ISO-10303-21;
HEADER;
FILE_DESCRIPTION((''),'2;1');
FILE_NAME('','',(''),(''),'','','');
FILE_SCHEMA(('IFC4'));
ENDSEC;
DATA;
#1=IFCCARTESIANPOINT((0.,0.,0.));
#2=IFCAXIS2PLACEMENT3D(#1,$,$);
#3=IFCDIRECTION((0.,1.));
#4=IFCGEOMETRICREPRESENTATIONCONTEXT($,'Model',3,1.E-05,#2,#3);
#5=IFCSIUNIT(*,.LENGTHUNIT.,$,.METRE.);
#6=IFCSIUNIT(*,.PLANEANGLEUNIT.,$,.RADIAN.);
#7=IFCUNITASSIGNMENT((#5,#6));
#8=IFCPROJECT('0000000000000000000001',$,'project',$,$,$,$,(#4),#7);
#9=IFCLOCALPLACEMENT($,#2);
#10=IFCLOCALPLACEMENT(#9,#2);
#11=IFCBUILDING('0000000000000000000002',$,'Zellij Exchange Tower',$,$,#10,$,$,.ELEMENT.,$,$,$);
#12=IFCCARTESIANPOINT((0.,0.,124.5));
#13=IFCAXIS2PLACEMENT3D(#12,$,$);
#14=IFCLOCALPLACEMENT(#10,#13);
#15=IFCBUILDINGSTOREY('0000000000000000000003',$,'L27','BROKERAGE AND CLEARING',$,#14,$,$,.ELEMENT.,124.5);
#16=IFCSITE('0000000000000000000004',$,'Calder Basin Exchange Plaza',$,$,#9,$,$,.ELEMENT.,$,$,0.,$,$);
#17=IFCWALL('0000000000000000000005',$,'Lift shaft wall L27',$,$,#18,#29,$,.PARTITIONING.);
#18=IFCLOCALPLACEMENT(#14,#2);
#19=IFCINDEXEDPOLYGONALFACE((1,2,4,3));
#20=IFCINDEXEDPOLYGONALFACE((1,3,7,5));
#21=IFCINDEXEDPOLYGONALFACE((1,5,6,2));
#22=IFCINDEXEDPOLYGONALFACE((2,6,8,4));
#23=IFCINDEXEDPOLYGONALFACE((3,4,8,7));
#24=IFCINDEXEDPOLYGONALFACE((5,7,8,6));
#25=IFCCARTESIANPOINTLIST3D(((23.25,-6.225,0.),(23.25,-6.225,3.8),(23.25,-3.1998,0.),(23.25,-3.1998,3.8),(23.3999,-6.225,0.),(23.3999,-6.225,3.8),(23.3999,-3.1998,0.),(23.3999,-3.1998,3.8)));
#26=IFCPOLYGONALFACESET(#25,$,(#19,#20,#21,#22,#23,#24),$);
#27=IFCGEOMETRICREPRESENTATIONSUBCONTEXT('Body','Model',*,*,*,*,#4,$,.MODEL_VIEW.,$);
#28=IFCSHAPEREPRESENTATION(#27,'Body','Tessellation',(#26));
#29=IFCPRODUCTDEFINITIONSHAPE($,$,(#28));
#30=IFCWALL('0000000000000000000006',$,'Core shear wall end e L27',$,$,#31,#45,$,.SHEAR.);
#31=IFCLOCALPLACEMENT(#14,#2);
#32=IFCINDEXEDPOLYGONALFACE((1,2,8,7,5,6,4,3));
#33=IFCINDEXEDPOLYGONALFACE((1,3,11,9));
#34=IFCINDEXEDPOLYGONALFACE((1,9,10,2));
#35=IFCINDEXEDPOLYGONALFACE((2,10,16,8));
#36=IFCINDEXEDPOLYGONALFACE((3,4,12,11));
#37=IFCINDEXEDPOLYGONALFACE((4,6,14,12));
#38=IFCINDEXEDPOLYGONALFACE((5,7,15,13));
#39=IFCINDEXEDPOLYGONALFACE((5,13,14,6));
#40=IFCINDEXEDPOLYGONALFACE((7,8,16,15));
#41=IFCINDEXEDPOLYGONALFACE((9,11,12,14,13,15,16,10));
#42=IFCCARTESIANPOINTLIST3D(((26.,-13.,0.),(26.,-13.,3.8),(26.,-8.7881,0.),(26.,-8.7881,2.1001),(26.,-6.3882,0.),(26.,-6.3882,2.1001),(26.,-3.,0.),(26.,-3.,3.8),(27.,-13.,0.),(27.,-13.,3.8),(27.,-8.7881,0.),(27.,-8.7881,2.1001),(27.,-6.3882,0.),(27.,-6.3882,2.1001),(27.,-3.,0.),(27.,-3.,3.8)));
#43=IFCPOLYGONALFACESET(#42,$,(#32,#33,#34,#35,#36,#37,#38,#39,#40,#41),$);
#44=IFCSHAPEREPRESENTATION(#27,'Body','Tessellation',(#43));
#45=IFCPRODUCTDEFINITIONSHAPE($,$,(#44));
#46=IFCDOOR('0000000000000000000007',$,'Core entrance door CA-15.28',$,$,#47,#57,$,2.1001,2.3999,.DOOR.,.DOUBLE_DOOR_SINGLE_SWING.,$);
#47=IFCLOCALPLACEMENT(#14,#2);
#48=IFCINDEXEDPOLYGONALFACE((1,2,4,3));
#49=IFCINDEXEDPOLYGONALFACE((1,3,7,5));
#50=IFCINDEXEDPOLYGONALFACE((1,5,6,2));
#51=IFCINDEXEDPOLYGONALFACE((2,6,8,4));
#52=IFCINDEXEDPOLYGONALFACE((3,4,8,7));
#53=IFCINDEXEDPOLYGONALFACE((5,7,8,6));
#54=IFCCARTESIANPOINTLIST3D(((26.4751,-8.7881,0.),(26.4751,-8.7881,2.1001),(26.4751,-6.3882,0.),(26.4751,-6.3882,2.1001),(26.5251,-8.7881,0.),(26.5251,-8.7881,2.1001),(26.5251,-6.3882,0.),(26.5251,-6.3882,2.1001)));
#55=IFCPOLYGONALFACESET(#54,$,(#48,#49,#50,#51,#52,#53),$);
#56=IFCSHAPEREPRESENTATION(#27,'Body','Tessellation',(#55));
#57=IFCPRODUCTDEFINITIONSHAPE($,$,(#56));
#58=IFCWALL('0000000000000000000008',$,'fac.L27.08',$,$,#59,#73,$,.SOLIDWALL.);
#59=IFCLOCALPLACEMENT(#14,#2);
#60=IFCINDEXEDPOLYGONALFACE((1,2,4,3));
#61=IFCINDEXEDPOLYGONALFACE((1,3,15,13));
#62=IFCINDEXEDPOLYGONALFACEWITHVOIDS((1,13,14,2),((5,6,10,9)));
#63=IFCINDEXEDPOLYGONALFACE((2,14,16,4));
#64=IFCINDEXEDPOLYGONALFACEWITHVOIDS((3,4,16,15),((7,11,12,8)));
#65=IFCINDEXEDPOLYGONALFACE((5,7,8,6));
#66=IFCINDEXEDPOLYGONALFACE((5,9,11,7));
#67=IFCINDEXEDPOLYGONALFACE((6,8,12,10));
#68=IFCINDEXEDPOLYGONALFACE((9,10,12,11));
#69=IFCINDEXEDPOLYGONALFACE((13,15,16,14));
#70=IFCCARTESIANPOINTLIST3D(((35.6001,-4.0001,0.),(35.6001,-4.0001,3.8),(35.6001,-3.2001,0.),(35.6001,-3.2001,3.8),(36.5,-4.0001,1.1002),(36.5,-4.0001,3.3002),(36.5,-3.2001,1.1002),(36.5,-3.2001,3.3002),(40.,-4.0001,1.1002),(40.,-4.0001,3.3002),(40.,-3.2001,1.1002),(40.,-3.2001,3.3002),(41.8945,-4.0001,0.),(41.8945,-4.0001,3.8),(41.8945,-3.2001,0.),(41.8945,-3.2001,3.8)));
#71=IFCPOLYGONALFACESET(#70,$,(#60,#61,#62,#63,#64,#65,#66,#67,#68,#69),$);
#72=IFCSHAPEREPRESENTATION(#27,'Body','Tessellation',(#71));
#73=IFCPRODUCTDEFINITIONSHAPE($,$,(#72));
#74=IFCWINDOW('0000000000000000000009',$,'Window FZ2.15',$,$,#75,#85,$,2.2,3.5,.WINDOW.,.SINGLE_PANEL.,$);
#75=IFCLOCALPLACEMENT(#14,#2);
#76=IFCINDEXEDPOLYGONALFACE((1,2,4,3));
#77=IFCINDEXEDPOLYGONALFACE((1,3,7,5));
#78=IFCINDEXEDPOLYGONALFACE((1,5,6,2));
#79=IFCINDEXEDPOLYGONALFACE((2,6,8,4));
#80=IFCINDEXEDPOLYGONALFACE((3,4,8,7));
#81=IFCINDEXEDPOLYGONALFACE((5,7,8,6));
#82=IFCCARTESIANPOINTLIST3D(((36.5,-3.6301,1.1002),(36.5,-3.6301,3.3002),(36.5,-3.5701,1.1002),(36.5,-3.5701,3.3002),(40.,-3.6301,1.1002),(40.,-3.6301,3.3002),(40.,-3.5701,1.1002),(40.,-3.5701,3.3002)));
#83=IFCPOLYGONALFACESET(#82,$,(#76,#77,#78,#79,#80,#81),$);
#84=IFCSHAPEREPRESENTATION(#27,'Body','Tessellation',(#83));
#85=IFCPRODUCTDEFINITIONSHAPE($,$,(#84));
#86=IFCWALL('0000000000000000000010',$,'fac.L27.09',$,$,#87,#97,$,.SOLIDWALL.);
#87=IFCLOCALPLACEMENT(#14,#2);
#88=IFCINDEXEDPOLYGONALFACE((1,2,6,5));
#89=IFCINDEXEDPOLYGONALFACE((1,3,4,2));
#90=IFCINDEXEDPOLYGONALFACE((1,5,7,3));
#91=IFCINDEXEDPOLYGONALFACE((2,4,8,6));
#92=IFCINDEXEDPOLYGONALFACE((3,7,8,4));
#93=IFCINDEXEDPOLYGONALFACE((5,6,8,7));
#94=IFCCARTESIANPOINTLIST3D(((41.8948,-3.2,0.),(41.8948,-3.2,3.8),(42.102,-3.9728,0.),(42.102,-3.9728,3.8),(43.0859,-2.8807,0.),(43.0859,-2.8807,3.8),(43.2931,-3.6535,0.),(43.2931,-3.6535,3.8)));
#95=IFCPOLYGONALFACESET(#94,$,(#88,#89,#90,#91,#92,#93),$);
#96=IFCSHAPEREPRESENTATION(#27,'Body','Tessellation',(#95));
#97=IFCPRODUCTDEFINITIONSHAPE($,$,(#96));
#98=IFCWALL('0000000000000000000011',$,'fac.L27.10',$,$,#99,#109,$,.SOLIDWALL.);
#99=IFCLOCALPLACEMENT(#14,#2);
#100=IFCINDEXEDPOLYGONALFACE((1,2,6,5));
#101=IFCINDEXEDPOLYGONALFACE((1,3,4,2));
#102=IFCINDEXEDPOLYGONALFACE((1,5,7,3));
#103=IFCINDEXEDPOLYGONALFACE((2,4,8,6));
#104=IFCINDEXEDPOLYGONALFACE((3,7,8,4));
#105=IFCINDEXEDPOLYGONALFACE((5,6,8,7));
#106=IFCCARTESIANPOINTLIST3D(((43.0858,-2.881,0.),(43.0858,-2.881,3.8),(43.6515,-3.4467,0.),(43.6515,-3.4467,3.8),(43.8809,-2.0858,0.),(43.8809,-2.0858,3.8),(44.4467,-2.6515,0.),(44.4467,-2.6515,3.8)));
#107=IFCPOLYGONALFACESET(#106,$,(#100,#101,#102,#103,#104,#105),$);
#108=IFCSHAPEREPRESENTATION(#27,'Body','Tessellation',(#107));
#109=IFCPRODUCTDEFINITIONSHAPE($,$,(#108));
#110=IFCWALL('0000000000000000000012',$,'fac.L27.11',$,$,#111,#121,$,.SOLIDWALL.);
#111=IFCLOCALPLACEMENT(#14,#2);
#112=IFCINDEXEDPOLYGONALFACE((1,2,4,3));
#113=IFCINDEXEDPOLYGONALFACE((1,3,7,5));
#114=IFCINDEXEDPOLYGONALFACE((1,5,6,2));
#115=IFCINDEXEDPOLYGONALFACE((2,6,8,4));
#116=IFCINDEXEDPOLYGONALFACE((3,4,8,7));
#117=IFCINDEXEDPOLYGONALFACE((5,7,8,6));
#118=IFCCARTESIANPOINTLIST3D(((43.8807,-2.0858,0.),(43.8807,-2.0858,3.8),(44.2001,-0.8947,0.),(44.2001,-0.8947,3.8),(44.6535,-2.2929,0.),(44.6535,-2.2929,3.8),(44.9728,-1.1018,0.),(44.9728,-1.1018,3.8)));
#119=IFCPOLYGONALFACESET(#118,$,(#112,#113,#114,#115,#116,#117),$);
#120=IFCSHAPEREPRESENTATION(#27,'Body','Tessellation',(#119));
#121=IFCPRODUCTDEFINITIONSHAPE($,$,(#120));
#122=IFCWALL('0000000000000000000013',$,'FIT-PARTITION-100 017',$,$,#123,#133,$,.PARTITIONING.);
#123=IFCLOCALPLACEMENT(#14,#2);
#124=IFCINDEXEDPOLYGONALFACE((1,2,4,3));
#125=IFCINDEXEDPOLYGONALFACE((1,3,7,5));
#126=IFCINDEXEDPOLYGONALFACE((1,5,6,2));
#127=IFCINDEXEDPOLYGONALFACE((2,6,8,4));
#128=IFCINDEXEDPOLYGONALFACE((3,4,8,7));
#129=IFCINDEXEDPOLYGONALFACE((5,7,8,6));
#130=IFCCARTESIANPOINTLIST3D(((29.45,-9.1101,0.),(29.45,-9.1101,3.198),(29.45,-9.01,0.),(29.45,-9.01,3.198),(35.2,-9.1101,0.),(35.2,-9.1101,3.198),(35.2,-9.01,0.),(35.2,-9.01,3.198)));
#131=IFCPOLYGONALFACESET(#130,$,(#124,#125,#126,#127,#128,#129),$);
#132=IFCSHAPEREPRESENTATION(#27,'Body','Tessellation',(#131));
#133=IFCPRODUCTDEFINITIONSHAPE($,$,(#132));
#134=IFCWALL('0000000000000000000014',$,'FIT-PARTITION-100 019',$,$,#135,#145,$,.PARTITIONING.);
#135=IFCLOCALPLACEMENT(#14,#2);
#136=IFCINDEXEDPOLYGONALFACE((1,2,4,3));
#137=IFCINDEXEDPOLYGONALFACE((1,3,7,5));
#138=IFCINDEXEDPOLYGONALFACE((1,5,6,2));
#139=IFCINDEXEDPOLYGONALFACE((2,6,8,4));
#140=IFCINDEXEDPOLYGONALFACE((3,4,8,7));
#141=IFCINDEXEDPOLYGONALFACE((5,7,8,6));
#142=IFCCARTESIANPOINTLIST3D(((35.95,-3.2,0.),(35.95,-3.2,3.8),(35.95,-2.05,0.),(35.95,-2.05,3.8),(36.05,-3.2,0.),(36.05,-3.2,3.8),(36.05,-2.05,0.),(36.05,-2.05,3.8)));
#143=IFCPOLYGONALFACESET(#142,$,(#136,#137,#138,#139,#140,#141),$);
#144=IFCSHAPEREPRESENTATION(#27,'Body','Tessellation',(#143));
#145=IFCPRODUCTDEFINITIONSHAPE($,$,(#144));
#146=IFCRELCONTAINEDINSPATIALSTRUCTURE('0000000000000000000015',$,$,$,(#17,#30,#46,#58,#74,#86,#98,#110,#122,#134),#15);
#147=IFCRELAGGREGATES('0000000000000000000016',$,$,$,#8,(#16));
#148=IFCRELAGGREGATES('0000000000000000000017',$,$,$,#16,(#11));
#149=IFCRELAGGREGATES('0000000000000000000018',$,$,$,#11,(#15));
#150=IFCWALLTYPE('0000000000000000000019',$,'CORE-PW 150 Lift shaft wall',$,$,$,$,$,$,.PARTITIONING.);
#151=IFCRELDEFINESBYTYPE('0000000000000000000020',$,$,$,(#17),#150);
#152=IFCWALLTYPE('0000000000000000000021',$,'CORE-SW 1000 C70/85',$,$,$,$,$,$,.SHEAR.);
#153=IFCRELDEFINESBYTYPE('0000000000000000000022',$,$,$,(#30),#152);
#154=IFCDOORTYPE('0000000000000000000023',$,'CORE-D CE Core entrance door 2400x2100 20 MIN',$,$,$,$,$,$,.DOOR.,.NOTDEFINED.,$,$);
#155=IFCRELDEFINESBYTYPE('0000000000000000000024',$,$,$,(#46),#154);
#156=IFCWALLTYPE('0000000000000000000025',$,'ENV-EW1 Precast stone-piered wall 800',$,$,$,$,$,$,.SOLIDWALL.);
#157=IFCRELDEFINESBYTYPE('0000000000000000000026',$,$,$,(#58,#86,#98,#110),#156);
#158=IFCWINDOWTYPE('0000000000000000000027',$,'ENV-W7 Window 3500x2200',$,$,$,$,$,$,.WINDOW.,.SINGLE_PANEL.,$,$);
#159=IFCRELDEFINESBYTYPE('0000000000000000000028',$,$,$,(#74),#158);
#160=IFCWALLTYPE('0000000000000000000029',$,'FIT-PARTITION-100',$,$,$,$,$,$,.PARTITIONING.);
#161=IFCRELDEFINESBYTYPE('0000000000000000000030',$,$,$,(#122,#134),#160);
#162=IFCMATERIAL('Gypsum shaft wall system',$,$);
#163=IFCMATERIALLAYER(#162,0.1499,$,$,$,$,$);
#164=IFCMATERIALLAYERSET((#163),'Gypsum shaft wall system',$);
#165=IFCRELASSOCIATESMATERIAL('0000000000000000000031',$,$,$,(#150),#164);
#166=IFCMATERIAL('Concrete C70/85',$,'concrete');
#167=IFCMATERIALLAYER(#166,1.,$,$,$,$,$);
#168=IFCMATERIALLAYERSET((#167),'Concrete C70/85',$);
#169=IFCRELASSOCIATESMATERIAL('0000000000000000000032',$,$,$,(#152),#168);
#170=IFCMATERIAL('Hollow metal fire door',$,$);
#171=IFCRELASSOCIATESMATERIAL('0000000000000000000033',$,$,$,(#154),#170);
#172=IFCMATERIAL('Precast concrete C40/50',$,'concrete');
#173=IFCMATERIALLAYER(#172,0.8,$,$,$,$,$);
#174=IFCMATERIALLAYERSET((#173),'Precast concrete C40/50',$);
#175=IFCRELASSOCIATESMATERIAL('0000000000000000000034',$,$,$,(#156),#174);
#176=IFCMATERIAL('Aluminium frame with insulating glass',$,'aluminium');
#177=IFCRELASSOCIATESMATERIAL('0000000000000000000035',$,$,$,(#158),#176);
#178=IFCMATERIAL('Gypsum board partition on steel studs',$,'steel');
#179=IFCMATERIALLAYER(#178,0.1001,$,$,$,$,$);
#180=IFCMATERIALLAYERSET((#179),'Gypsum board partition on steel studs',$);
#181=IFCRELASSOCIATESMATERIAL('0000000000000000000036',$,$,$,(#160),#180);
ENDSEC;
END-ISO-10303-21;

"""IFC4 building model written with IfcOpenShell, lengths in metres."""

from ifc_helpers import new_model, si_unit, direction, frame, frame_2d, origin, place, context, subcontext, project, spatial, rectangle, extrude, material, layer, layer_set, type_object, element, fill, save


model = new_model("IFC4")

# Units and contexts
model_context = context("Model", 3, precision=1e-05, world=origin(), true_north=direction((0.0, 1.0)))
body_context = subcontext(model_context, "Body", "Model", "MODEL_VIEW")
ifc_project = project(units=[si_unit("LENGTHUNIT", "METRE"), si_unit("PLANEANGLEUNIT", "RADIAN")], contexts=[model_context])

# Site, building, storey
site_placement = place(None, origin())
site = spatial("IfcSite", under=ifc_project, at=site_placement, Name="Calder Basin Exchange Plaza", CompositionType="ELEMENT", RefElevation=0.0)
building_placement = place(site_placement, origin())
building = spatial("IfcBuilding", under=site, at=building_placement, Name="Zellij Exchange Tower", CompositionType="ELEMENT")
storey_placement = place(building_placement, frame((0.0, 0.0, 124.5)))
storey = spatial("IfcBuildingStorey", under=building, at=storey_placement, Name="L27", Description="BROKERAGE AND CLEARING", CompositionType="ELEMENT", Elevation=124.5)

# Shared definitions
ifc_material_1 = material(Name="Concrete C70/85", Category="concrete")

# Wall
ifc_material_2 = material(Name="Gypsum shaft wall system")
ifc_layer_1 = layer(ifc_material_2, 0.1499)
ifc_layer_set_1 = layer_set([ifc_layer_1], Name="Gypsum shaft wall system")
wall_type_1 = type_object("IfcWallType", Name="CORE-PW 150 Lift shaft wall", PredefinedType="PARTITIONING", material=ifc_layer_set_1)
wall_1_placement = place(storey_placement, frame((23.325, -6.2251, 0.0), z_axis=(0.0, 0.0, 1.0), x_axis=(0.0, 1.0, 0.0)))
element("IfcWall", 1, at=wall_1_placement, inside=storey, type_object=wall_type_1, Name="Lift shaft wall L27", PredefinedType="PARTITIONING", context=body_context, shape_type="SweptSolid", body=[
    extrude(rectangle(XDim=3.0251, YDim=0.1499, at=frame_2d((1.5127, 0.0))), origin(), (0.0, 0.0, 1.0), 3.8),
])

# Wall, opening, door
ifc_layer_2 = layer(ifc_material_1, 1.0)
ifc_layer_set_2 = layer_set([ifc_layer_2], Name="Concrete C70/85")
wall_type_2 = type_object("IfcWallType", Name="CORE-SW 1000 C70/85", PredefinedType="SHEAR", material=ifc_layer_set_2)
wall_2_placement = place(storey_placement, frame((26.5, -13.0, 0.0), z_axis=(0.0, 0.0, 1.0), x_axis=(0.0, 1.0, 0.0)))
wall_2 = element("IfcWall", 2, at=wall_2_placement, inside=storey, type_object=wall_type_2, Name="Core shear wall end e L27", PredefinedType="SHEAR", context=body_context, shape_type="SweptSolid", body=[
    extrude(rectangle(XDim=10.0, YDim=1.0, at=frame_2d((5.0, 0.0))), origin(), (0.0, 0.0, 1.0), 3.8),
])
opening_1_placement = place(wall_2_placement, frame((4.2119, 0.0, 0.0)))
opening_1 = element("IfcOpeningElement", 3, at=opening_1_placement, cuts=wall_2, PredefinedType="OPENING", context=body_context, shape_type="SweptSolid", body=[
    extrude(rectangle(XDim=2.3999, YDim=2.1001, at=frame_2d((1.2, 1.05))), frame((0.0, 0.512, 0.0), z_axis=(0.0, -1.0, 0.0), x_axis=(1.0, 0.0, 0.0)), (0.0, 0.0, 1.0), 1.0239),
])
ifc_material_3 = material(Name="Hollow metal fire door")
door_type_1 = type_object("IfcDoorType", Name="CORE-D CE Core entrance door 2400x2100 20 MIN", OperationType="NOTDEFINED", PredefinedType="DOOR", material=ifc_material_3)
door_1_placement = place(opening_1_placement, origin())
door_1 = element("IfcDoor", 4, at=door_1_placement, inside=storey, type_object=door_type_1, Name="Core entrance door CA-15.28", OperationType="DOUBLE_DOOR_SINGLE_SWING", OverallHeight=2.1001, OverallWidth=2.3999, PredefinedType="DOOR", context=body_context, shape_type="SweptSolid", body=[
    extrude(rectangle(XDim=2.3999, YDim=2.1001, at=frame_2d((1.2, 1.05))), frame((0.0, 0.0249, 0.0), z_axis=(0.0, -1.0, 0.0), x_axis=(1.0, 0.0, 0.0)), (0.0, 0.0, 1.0), 0.05),
])
fill(opening_1, door_1)

# Wall, opening, window
ifc_material_4 = material(Name="Precast concrete C40/50", Category="concrete")
ifc_layer_3 = layer(ifc_material_4, 0.8)
ifc_layer_set_3 = layer_set([ifc_layer_3], Name="Precast concrete C40/50")
wall_type_3 = type_object("IfcWallType", Name="ENV-EW1 Precast stone-piered wall 800", PredefinedType="SOLIDWALL", material=ifc_layer_set_3)
wall_3_placement = place(storey_placement, frame((35.6001, -3.6001, 0.0), z_axis=(0.0, 0.0, 1.0), x_axis=(1.0, 0.0, 0.0)))
wall_3 = element("IfcWall", 5, at=wall_3_placement, inside=storey, type_object=wall_type_3, Name="fac.L27.08", PredefinedType="SOLIDWALL", context=body_context, shape_type="SweptSolid", body=[
    extrude(rectangle(XDim=6.2944, YDim=0.8, at=frame_2d((3.1472, 0.0))), origin(), (0.0, 0.0, 1.0), 3.8),
])
opening_2_placement = place(wall_3_placement, frame((0.8999, 0.0, 1.1001)))
opening_2 = element("IfcOpeningElement", 6, at=opening_2_placement, cuts=wall_3, PredefinedType="OPENING", context=body_context, shape_type="SweptSolid", body=[
    extrude(rectangle(XDim=3.5, YDim=2.2, at=frame_2d((1.75, 1.1001))), frame((0.0, 0.4121, 0.0), z_axis=(0.0, -1.0, 0.0), x_axis=(1.0, 0.0, 0.0)), (0.0, 0.0, 1.0), 0.824),
])
ifc_material_5 = material(Name="Aluminium frame with insulating glass", Category="aluminium")
window_type = type_object("IfcWindowType", Name="ENV-W7 Window 3500x2200", PartitioningType="SINGLE_PANEL", PredefinedType="WINDOW", material=ifc_material_5)
window_placement = place(opening_2_placement, origin())
window = element("IfcWindow", 7, at=window_placement, inside=storey, type_object=window_type, Name="Window FZ2.15", OverallHeight=2.2, OverallWidth=3.5, PartitioningType="SINGLE_PANEL", PredefinedType="WINDOW", context=body_context, shape_type="SweptSolid", body=[
    extrude(rectangle(XDim=3.5, YDim=2.2, at=frame_2d((1.75, 1.1001))), frame((0.0, 0.03, 0.0), z_axis=(0.0, -1.0, 0.0), x_axis=(1.0, 0.0, 0.0)), (0.0, 0.0, 1.0), 0.0601),
])
fill(opening_2, window)

# Walls
wall_4_placement = place(storey_placement, frame((41.9983, -3.5864, 0.0), z_axis=(0.0, 0.0, 1.0), x_axis=(0.965892, 0.258944, 0.0)))
element("IfcWall", 8, at=wall_4_placement, inside=storey, type_object=wall_type_3, Name="fac.L27.09", PredefinedType="SOLIDWALL", context=body_context, shape_type="SweptSolid", body=[
    extrude(rectangle(XDim=1.2332, YDim=0.8, at=frame_2d((0.6167, 0.0))), origin(), (0.0, 0.0, 1.0), 3.8),
])
wall_5_placement = place(storey_placement, frame((43.3687, -3.1638, 0.0), z_axis=(0.0, 0.0, 1.0), x_axis=(0.707107, 0.707107, 0.0)))
element("IfcWall", 9, at=wall_5_placement, inside=storey, type_object=wall_type_3, Name="fac.L27.10", PredefinedType="SOLIDWALL", context=body_context, shape_type="SweptSolid", body=[
    extrude(rectangle(XDim=1.1245, YDim=0.8, at=frame_2d((0.5623, 0.0))), origin(), (0.0, 0.0, 1.0), 3.8),
])
wall_6_placement = place(storey_placement, frame((44.2671, -2.1895, 0.0), z_axis=(0.0, 0.0, 1.0), x_axis=(0.258944, 0.965892, 0.0)))
element("IfcWall", 10, at=wall_6_placement, inside=storey, type_object=wall_type_3, Name="fac.L27.11", PredefinedType="SOLIDWALL", context=body_context, shape_type="SweptSolid", body=[
    extrude(rectangle(XDim=1.2332, YDim=0.8, at=frame_2d((0.6167, 0.0))), origin(), (0.0, 0.0, 1.0), 3.8),
])
ifc_material_6 = material(Name="Gypsum board partition on steel studs", Category="steel")
ifc_layer_4 = layer(ifc_material_6, 0.1001)
ifc_layer_set_4 = layer_set([ifc_layer_4], Name="Gypsum board partition on steel studs")
wall_type_4 = type_object("IfcWallType", Name="FIT-PARTITION-100", PredefinedType="PARTITIONING", material=ifc_layer_set_4)
wall_7_placement = place(storey_placement, frame((29.45, -9.0601, 0.0), z_axis=(0.0, 0.0, 1.0), x_axis=(1.0, 0.0, 0.0)))
element("IfcWall", 11, at=wall_7_placement, inside=storey, type_object=wall_type_4, Name="FIT-PARTITION-100 017", PredefinedType="PARTITIONING", context=body_context, shape_type="SweptSolid", body=[
    extrude(rectangle(XDim=5.75, YDim=0.1001, at=frame_2d((2.875, 0.0))), origin(), (0.0, 0.0, 1.0), 3.198),
])
wall_8_placement = place(storey_placement, frame((36.0, -3.2, 0.0), z_axis=(0.0, 0.0, 1.0), x_axis=(0.0, 1.0, 0.0)))
element("IfcWall", 12, at=wall_8_placement, inside=storey, type_object=wall_type_4, Name="FIT-PARTITION-100 019", PredefinedType="PARTITIONING", context=body_context, shape_type="SweptSolid", body=[
    extrude(rectangle(XDim=1.1499, YDim=0.1001, at=frame_2d((0.575, 0.0))), origin(), (0.0, 0.0, 1.0), 3.8),
])

save(model, "model.ifc")
